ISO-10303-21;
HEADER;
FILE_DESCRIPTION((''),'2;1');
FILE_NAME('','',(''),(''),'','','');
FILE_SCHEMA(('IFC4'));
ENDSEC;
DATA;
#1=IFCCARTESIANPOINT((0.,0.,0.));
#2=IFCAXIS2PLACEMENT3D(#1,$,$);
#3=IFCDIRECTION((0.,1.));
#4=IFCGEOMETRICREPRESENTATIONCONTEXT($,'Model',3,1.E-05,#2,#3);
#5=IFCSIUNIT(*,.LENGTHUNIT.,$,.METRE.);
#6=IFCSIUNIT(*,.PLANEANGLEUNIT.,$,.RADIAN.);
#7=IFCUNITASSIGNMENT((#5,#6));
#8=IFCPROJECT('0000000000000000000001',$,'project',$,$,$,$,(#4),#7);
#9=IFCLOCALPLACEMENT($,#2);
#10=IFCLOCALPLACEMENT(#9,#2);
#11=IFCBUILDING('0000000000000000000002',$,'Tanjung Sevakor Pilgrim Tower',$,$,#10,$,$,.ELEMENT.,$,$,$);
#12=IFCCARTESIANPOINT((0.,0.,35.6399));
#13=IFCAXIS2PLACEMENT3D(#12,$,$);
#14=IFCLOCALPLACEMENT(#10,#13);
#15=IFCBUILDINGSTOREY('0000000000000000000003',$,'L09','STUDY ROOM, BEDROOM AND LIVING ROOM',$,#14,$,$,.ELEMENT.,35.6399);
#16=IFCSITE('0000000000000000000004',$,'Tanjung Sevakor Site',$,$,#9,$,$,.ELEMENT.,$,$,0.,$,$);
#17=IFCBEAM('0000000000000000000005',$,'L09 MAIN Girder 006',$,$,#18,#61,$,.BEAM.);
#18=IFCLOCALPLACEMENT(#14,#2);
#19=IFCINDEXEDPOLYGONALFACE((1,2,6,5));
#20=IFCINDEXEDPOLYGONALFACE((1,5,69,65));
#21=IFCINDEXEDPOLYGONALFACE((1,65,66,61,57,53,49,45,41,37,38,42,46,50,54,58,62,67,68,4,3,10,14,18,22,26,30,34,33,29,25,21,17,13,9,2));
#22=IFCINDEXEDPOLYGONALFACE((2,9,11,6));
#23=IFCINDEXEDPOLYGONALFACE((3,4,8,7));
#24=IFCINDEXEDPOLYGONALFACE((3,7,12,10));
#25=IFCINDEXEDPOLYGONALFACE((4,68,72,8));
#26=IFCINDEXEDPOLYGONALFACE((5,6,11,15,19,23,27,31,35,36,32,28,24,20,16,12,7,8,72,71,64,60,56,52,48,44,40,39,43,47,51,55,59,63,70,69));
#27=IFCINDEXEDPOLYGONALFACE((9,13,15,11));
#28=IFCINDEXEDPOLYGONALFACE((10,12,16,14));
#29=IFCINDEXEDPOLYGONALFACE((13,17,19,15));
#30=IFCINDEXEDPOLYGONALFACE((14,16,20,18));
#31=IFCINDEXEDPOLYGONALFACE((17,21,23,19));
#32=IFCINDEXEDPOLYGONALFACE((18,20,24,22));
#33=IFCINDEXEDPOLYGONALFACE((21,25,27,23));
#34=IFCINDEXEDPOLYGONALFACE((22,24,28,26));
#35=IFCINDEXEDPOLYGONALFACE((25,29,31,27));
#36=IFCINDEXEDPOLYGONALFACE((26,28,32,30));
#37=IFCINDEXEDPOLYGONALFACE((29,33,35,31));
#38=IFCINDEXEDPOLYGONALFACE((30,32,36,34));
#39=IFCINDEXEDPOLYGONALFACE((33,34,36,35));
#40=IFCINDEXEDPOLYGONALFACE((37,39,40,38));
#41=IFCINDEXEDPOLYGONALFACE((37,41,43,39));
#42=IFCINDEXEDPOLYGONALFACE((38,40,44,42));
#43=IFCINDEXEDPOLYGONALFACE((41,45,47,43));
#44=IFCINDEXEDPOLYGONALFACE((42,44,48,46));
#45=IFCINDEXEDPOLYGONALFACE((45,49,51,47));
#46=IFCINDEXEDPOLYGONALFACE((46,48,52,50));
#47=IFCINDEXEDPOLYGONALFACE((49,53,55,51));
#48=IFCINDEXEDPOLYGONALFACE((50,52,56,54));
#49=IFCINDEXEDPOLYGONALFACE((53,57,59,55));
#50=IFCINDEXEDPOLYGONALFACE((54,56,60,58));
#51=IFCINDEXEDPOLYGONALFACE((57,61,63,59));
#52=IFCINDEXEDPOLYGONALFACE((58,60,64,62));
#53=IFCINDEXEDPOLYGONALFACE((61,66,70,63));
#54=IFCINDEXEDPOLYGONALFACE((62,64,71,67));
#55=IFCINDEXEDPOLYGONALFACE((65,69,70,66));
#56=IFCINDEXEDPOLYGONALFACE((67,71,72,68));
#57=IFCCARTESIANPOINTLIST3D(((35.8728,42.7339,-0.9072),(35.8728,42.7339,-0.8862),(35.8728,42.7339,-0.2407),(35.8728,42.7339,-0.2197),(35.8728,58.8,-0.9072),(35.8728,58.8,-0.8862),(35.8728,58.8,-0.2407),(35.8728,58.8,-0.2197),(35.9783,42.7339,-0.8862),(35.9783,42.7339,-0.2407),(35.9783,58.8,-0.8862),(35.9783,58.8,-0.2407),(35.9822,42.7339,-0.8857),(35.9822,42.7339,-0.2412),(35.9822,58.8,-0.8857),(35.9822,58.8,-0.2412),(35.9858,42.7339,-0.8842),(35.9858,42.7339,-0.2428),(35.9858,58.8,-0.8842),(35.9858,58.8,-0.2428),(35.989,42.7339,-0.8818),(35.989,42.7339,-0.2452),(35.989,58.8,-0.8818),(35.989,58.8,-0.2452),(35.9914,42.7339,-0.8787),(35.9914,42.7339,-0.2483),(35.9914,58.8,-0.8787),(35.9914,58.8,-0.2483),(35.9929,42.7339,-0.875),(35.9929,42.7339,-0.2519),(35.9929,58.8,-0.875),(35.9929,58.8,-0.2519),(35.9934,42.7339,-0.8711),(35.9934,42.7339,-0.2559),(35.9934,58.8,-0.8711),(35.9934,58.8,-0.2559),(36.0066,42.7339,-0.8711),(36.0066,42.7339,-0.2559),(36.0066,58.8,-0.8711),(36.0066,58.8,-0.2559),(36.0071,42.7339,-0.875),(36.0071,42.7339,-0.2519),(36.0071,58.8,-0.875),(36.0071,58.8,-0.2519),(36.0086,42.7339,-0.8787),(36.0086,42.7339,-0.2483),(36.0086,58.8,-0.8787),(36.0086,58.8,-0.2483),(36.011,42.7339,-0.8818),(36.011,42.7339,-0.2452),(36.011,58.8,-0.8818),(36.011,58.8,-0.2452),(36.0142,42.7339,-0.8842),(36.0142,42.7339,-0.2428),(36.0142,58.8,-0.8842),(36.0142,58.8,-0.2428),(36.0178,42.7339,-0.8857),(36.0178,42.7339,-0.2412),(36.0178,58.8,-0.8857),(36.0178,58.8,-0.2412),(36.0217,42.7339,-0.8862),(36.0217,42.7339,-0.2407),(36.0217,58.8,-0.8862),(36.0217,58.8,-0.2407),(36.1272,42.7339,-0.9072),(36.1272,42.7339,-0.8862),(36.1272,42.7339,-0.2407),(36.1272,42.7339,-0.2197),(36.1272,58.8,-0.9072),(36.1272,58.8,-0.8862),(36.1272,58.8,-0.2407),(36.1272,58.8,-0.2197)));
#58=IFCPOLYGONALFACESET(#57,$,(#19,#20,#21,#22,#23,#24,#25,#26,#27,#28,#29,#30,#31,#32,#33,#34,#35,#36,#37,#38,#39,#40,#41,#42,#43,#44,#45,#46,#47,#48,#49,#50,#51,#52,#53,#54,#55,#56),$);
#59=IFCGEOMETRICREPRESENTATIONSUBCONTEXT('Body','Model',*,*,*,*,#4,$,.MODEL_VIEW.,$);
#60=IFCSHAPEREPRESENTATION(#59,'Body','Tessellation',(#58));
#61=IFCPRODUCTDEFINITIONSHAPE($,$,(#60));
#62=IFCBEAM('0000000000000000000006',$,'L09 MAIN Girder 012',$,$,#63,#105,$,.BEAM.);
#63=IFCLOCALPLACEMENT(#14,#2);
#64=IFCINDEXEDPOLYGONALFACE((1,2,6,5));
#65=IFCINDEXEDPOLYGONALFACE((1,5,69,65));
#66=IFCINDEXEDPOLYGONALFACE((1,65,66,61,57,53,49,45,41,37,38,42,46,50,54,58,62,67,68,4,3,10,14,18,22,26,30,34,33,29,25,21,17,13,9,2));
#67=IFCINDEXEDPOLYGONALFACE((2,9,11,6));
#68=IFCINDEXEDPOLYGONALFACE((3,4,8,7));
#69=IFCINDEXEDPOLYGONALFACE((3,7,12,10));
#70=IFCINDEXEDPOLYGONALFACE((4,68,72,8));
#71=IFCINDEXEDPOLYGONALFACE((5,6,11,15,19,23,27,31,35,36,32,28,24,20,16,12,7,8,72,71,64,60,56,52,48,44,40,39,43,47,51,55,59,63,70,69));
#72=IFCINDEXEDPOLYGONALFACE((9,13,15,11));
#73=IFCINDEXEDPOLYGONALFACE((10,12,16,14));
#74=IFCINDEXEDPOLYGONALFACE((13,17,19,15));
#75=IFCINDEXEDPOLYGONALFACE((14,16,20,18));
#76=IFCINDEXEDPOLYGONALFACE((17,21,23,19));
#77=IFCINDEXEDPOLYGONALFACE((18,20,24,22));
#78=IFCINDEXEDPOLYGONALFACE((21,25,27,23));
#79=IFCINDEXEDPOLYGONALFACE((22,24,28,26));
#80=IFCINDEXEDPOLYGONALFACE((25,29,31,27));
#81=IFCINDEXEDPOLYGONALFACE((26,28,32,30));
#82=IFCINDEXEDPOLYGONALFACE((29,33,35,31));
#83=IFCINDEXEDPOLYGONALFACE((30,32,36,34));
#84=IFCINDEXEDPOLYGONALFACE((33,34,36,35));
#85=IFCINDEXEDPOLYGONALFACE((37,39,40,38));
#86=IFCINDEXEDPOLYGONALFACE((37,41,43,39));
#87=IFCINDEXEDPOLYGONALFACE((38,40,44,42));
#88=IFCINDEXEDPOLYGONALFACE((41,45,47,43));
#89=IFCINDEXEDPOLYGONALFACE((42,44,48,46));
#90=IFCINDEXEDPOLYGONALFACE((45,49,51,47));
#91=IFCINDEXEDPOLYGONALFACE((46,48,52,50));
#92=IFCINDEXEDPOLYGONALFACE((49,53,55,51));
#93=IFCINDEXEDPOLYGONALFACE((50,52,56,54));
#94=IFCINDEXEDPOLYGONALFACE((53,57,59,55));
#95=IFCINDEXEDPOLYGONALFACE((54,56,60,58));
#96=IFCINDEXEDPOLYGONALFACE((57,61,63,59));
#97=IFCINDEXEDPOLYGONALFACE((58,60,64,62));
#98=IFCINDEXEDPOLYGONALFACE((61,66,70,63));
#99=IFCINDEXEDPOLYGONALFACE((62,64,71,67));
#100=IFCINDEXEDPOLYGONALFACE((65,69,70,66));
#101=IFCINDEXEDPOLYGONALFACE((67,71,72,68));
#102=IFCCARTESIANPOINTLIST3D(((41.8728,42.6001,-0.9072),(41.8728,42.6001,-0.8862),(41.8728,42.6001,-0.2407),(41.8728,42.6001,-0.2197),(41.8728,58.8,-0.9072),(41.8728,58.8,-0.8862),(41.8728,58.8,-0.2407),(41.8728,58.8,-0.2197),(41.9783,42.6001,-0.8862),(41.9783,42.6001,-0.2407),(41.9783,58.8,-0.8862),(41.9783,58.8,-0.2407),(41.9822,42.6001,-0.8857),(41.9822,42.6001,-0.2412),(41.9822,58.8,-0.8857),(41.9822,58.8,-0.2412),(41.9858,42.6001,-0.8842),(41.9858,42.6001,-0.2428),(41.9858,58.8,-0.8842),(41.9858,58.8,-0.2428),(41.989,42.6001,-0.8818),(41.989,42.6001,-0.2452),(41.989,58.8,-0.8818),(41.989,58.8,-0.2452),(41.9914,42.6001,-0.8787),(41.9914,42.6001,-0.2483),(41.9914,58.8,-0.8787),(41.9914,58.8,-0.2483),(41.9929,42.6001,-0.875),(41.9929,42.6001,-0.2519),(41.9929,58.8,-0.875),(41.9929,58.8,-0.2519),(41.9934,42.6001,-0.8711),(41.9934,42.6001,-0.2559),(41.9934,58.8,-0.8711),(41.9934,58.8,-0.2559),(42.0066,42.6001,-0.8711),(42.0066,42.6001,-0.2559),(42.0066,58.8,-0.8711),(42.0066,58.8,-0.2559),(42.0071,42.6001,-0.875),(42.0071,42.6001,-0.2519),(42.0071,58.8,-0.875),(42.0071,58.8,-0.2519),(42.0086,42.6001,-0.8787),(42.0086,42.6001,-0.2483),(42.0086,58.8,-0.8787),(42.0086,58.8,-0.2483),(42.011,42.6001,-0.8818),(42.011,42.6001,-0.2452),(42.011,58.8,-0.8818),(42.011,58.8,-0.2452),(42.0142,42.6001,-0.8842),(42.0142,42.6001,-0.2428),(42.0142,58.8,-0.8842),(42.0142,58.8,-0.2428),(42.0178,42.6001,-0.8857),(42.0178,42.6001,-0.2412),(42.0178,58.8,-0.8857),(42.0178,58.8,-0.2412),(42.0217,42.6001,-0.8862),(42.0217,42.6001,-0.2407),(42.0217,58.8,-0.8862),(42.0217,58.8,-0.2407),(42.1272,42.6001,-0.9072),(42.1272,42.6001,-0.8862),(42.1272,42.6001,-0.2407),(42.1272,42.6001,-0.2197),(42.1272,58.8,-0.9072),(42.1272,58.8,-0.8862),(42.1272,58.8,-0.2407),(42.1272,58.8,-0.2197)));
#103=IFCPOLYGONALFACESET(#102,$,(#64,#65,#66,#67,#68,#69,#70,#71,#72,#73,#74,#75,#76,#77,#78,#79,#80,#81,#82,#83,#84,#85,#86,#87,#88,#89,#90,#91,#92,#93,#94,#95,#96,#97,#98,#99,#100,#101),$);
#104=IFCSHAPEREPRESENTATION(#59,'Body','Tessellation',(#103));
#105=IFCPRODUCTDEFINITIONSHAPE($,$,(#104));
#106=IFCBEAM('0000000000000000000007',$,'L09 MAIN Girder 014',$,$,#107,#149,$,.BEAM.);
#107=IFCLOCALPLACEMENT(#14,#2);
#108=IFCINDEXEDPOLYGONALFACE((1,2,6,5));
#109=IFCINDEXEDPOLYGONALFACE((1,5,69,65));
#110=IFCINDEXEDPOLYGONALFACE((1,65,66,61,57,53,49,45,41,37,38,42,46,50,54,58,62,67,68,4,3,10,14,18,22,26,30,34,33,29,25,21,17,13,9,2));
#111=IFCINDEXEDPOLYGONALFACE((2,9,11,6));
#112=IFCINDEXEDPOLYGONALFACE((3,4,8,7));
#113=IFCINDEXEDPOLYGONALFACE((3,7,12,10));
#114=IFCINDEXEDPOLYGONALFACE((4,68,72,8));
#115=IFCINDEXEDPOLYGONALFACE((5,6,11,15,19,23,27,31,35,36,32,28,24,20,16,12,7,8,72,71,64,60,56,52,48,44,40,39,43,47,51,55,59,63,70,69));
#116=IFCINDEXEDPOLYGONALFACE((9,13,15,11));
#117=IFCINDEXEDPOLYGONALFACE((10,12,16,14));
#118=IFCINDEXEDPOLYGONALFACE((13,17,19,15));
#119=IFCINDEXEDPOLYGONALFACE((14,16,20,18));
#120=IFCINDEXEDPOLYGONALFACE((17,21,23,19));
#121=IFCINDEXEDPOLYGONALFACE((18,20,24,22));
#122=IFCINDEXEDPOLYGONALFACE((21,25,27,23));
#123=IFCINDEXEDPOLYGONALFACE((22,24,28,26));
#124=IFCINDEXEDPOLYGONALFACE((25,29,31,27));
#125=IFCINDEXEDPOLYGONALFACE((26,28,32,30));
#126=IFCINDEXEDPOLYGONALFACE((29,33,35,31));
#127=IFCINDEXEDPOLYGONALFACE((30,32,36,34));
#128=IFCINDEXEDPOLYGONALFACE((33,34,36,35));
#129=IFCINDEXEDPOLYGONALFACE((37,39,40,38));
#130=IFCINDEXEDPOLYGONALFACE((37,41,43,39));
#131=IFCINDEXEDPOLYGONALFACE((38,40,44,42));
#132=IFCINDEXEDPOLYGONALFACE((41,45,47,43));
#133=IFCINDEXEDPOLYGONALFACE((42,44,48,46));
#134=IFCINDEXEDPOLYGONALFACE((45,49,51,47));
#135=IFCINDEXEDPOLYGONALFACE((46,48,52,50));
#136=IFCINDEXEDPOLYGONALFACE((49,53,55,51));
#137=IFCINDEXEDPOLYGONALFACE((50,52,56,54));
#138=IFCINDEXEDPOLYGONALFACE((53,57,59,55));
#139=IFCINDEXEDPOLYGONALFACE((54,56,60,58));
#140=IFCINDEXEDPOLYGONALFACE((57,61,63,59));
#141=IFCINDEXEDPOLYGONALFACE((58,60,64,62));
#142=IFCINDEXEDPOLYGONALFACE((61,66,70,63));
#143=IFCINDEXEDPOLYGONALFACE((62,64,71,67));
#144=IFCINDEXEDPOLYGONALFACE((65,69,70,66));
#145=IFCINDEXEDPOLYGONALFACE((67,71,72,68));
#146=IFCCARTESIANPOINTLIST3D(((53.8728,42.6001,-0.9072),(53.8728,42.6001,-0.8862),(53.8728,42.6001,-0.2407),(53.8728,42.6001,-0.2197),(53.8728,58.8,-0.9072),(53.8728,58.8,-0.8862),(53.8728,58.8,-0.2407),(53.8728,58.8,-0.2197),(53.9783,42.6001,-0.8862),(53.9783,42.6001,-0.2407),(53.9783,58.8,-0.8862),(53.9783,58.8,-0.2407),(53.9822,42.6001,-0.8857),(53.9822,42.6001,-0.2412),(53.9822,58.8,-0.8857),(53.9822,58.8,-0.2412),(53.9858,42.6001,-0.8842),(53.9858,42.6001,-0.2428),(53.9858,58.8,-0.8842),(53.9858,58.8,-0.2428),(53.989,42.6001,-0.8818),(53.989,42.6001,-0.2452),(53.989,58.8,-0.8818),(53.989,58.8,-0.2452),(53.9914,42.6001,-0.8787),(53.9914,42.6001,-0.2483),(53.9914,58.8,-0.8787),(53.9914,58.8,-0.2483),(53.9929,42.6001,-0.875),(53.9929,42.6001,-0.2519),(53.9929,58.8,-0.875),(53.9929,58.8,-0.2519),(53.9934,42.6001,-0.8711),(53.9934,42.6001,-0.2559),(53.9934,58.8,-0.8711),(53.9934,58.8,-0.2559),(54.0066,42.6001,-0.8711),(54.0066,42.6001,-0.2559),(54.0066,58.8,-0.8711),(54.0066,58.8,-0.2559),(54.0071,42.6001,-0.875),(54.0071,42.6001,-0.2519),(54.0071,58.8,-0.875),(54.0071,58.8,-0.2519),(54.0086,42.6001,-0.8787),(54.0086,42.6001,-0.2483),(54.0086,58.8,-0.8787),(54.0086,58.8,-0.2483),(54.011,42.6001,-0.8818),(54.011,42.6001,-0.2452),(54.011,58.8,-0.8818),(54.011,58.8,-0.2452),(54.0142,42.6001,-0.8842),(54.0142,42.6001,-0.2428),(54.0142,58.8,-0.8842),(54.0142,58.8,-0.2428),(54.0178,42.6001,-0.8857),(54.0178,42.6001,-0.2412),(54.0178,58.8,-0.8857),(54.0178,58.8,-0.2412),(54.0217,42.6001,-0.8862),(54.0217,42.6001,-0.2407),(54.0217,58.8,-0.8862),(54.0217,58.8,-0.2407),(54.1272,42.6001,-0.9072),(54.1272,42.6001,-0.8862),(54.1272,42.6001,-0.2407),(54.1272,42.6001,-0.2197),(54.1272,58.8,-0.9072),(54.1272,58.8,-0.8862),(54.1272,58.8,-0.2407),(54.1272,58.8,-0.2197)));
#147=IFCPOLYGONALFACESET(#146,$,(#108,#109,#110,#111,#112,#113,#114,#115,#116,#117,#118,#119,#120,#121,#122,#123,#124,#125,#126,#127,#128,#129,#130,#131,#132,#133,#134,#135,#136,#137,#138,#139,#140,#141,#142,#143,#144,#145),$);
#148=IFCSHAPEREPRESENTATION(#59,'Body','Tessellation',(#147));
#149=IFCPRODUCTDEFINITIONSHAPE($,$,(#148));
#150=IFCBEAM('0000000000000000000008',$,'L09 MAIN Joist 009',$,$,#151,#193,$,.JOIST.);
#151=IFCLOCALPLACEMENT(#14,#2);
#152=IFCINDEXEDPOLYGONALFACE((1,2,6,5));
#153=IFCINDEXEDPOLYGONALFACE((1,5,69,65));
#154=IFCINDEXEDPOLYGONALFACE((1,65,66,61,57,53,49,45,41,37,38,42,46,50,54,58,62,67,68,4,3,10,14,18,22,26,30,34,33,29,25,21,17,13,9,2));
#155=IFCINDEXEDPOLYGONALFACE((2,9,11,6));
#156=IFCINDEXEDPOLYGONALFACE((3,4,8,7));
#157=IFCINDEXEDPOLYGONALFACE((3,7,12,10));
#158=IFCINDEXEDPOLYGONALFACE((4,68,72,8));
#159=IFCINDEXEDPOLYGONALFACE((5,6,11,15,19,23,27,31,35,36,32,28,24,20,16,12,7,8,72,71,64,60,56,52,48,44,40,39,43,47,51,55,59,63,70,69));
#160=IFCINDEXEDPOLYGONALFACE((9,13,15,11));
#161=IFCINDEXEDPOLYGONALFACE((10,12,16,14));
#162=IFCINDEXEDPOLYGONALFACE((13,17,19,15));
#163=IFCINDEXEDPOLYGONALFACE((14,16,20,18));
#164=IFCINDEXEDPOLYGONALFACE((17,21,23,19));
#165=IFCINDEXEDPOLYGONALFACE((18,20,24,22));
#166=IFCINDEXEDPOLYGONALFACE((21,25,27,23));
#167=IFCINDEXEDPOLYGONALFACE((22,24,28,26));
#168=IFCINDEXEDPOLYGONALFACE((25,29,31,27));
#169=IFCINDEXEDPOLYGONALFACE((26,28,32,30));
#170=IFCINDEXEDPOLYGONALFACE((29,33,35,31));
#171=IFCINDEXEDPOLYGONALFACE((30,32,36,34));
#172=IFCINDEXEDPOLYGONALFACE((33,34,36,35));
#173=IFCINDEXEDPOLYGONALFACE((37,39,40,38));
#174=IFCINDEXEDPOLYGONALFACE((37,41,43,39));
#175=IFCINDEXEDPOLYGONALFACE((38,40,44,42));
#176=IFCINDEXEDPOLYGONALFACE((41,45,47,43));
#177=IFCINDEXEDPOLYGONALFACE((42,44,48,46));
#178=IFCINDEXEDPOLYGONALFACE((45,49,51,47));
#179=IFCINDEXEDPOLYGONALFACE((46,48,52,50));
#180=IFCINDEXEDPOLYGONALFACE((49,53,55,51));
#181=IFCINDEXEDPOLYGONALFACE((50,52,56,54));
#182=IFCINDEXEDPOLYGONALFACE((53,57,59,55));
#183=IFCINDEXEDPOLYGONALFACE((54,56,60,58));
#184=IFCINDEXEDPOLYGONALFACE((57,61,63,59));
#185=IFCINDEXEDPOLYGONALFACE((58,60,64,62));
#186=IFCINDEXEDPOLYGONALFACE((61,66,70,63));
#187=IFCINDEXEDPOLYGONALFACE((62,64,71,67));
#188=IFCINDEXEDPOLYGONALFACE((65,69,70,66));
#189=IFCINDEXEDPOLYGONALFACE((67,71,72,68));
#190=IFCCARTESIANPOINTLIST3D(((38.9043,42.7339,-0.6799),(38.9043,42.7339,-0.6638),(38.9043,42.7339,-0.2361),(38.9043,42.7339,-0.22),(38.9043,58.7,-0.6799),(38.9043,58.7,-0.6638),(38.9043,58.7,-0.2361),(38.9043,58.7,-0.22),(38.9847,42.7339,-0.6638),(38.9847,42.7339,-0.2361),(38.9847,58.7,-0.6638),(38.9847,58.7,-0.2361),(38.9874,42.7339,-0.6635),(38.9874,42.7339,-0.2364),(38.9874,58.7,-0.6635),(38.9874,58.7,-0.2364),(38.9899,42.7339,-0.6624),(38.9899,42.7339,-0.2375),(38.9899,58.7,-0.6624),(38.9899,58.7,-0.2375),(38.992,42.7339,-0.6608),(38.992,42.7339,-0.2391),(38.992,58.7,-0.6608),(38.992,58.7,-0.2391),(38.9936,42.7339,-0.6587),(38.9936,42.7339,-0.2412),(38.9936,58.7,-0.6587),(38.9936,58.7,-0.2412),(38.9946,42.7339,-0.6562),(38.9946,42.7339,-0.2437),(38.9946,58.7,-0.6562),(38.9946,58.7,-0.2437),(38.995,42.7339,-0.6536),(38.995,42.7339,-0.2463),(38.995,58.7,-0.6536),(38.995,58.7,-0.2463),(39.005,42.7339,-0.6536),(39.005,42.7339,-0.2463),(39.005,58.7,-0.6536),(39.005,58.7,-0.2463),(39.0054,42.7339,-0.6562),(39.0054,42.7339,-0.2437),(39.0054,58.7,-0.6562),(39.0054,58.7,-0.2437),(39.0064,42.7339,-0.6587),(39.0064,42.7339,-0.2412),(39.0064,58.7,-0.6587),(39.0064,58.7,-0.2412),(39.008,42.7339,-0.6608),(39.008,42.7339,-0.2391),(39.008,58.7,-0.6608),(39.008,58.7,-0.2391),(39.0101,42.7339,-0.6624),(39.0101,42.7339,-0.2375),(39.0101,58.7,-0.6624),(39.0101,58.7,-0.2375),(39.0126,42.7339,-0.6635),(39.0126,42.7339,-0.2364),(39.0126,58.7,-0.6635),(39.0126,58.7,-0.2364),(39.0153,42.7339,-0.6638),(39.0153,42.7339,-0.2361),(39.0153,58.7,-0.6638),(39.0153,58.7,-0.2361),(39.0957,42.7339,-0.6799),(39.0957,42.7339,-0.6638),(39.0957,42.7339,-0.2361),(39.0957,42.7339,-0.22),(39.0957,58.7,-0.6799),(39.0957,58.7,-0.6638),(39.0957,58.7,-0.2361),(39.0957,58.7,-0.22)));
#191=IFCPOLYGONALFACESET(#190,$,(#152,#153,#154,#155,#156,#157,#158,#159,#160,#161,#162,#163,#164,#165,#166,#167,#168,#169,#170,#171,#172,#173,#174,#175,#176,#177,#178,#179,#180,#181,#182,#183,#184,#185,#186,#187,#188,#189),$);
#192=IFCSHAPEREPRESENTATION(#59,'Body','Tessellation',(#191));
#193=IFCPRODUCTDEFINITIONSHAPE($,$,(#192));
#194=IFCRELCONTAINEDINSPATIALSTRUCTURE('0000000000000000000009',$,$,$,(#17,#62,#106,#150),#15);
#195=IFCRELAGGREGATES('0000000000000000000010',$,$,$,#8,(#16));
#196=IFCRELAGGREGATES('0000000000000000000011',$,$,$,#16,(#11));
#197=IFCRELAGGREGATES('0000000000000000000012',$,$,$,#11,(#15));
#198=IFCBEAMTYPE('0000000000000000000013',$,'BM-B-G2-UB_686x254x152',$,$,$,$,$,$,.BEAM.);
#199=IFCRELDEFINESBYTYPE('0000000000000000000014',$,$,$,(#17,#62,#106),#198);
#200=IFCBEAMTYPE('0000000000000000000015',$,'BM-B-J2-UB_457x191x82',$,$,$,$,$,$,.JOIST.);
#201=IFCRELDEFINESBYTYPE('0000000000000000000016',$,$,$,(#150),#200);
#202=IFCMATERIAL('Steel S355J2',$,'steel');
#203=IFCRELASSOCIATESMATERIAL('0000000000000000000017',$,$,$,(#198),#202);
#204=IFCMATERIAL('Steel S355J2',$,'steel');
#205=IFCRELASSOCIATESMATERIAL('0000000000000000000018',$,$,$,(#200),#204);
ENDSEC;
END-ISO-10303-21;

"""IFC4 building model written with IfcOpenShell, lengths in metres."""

from ifc_helpers import new_model, si_unit, direction, frame, origin, origin_2d, place, context, subcontext, project, spatial, i_section, extrude, material, material_profile, profile_set, type_object, element, save


model = new_model("IFC4")

# Units and contexts
model_context = context("Model", 3, precision=1e-05, world=origin(), true_north=direction((0.0, 1.0)))
body_context = subcontext(model_context, "Body", "Model", "MODEL_VIEW")
ifc_project = project(units=[si_unit("LENGTHUNIT", "METRE"), si_unit("PLANEANGLEUNIT", "RADIAN")], contexts=[model_context])

# Site, building, storey
site_placement = place(None, origin())
site = spatial("IfcSite", under=ifc_project, at=site_placement, Name="Tanjung Sevakor Site", CompositionType="ELEMENT", RefElevation=0.0)
building_placement = place(site_placement, origin())
building = spatial("IfcBuilding", under=site, at=building_placement, Name="Tanjung Sevakor Pilgrim Tower", CompositionType="ELEMENT")
storey_placement = place(building_placement, frame((0.0, 0.0, 35.6399)))
storey = spatial("IfcBuildingStorey", under=building, at=storey_placement, Name="L09", Description="STUDY ROOM, BEDROOM AND LIVING ROOM", CompositionType="ELEMENT", Elevation=35.6399)

# Beams
ifc_material_1 = material(Name="Steel S355J2", Category="steel")
ifc_material_profile_1 = material_profile(ifc_material_1, i_section(OverallWidth=0.2544, OverallDepth=0.6875, WebThickness=0.0132, FlangeThickness=0.021, FilletRadius=0.0151, at=origin_2d()))
ifc_profile_set_1 = profile_set([ifc_material_profile_1], Name="Steel S355J2")
beam_type_1 = type_object("IfcBeamType", Name="BM-B-G2-UB_686x254x152", PredefinedType="BEAM", material=ifc_profile_set_1)
beam_placement = place(storey_placement, frame((36.0, 42.7339, -0.5635), z_axis=(0.0, 1.0, 0.0), x_axis=(-1.0, 0.0, 0.0)))
element("IfcBeam", 1, at=beam_placement, inside=storey, type_object=beam_type_1, Name="L09 MAIN Girder 006", PredefinedType="BEAM", context=body_context, shape_type="SweptSolid", body=[
    extrude(i_section(OverallWidth=0.2544, OverallDepth=0.6875, WebThickness=0.0132, FlangeThickness=0.021, FilletRadius=0.0151, at=origin_2d()), origin(), (0.0, 0.0, 1.0), 16.0662),
])
for number, where, z_axis, x_axis, name in (
    (2, (42.0, 42.6001, -0.5635), (0.0, 1.0, 0.0), (-1.0, 0.0, 0.0), "L09 MAIN Girder 012"),
    (3, (54.0, 42.6001, -0.5635), (0.0, 1.0, 0.0), (-1.0, 0.0, 0.0), "L09 MAIN Girder 014"),
):
    element("IfcBeam", number, at=place(storey_placement, frame(where, z_axis=z_axis, x_axis=x_axis)), inside=storey, type_object=beam_type_1, Name=name, PredefinedType="BEAM", context=body_context, shape_type="SweptSolid", body=[
        extrude(i_section(OverallWidth=0.2544, OverallDepth=0.6875, WebThickness=0.0132, FlangeThickness=0.021, FilletRadius=0.0151, at=origin_2d()), origin(), (0.0, 0.0, 1.0), 16.2),
    ])
ifc_material_2 = material(Name="Steel S355J2", Category="steel")
ifc_material_profile_2 = material_profile(ifc_material_2, i_section(OverallWidth=0.1914, OverallDepth=0.46, WebThickness=0.01, FlangeThickness=0.0161, FilletRadius=0.0103, at=origin_2d()))
ifc_profile_set_2 = profile_set([ifc_material_profile_2], Name="Steel S355J2")
beam_type_2 = type_object("IfcBeamType", Name="BM-B-J2-UB_457x191x82", PredefinedType="JOIST", material=ifc_profile_set_2)
for number, where, z_axis, x_axis, name in (
    (4, (39.0, 42.7339, -0.45), (0.0, 1.0, 0.0), (-1.0, 0.0, 0.0), "L09 MAIN Joist 009"),
):
    element("IfcBeam", number, at=place(storey_placement, frame(where, z_axis=z_axis, x_axis=x_axis)), inside=storey, type_object=beam_type_2, Name=name, PredefinedType="JOIST", context=body_context, shape_type="SweptSolid", body=[
        extrude(i_section(OverallWidth=0.1914, OverallDepth=0.46, WebThickness=0.01, FlangeThickness=0.0161, FilletRadius=0.0103, at=origin_2d()), origin(), (0.0, 0.0, 1.0), 15.9661),
    ])

save(model, "model.ifc")
